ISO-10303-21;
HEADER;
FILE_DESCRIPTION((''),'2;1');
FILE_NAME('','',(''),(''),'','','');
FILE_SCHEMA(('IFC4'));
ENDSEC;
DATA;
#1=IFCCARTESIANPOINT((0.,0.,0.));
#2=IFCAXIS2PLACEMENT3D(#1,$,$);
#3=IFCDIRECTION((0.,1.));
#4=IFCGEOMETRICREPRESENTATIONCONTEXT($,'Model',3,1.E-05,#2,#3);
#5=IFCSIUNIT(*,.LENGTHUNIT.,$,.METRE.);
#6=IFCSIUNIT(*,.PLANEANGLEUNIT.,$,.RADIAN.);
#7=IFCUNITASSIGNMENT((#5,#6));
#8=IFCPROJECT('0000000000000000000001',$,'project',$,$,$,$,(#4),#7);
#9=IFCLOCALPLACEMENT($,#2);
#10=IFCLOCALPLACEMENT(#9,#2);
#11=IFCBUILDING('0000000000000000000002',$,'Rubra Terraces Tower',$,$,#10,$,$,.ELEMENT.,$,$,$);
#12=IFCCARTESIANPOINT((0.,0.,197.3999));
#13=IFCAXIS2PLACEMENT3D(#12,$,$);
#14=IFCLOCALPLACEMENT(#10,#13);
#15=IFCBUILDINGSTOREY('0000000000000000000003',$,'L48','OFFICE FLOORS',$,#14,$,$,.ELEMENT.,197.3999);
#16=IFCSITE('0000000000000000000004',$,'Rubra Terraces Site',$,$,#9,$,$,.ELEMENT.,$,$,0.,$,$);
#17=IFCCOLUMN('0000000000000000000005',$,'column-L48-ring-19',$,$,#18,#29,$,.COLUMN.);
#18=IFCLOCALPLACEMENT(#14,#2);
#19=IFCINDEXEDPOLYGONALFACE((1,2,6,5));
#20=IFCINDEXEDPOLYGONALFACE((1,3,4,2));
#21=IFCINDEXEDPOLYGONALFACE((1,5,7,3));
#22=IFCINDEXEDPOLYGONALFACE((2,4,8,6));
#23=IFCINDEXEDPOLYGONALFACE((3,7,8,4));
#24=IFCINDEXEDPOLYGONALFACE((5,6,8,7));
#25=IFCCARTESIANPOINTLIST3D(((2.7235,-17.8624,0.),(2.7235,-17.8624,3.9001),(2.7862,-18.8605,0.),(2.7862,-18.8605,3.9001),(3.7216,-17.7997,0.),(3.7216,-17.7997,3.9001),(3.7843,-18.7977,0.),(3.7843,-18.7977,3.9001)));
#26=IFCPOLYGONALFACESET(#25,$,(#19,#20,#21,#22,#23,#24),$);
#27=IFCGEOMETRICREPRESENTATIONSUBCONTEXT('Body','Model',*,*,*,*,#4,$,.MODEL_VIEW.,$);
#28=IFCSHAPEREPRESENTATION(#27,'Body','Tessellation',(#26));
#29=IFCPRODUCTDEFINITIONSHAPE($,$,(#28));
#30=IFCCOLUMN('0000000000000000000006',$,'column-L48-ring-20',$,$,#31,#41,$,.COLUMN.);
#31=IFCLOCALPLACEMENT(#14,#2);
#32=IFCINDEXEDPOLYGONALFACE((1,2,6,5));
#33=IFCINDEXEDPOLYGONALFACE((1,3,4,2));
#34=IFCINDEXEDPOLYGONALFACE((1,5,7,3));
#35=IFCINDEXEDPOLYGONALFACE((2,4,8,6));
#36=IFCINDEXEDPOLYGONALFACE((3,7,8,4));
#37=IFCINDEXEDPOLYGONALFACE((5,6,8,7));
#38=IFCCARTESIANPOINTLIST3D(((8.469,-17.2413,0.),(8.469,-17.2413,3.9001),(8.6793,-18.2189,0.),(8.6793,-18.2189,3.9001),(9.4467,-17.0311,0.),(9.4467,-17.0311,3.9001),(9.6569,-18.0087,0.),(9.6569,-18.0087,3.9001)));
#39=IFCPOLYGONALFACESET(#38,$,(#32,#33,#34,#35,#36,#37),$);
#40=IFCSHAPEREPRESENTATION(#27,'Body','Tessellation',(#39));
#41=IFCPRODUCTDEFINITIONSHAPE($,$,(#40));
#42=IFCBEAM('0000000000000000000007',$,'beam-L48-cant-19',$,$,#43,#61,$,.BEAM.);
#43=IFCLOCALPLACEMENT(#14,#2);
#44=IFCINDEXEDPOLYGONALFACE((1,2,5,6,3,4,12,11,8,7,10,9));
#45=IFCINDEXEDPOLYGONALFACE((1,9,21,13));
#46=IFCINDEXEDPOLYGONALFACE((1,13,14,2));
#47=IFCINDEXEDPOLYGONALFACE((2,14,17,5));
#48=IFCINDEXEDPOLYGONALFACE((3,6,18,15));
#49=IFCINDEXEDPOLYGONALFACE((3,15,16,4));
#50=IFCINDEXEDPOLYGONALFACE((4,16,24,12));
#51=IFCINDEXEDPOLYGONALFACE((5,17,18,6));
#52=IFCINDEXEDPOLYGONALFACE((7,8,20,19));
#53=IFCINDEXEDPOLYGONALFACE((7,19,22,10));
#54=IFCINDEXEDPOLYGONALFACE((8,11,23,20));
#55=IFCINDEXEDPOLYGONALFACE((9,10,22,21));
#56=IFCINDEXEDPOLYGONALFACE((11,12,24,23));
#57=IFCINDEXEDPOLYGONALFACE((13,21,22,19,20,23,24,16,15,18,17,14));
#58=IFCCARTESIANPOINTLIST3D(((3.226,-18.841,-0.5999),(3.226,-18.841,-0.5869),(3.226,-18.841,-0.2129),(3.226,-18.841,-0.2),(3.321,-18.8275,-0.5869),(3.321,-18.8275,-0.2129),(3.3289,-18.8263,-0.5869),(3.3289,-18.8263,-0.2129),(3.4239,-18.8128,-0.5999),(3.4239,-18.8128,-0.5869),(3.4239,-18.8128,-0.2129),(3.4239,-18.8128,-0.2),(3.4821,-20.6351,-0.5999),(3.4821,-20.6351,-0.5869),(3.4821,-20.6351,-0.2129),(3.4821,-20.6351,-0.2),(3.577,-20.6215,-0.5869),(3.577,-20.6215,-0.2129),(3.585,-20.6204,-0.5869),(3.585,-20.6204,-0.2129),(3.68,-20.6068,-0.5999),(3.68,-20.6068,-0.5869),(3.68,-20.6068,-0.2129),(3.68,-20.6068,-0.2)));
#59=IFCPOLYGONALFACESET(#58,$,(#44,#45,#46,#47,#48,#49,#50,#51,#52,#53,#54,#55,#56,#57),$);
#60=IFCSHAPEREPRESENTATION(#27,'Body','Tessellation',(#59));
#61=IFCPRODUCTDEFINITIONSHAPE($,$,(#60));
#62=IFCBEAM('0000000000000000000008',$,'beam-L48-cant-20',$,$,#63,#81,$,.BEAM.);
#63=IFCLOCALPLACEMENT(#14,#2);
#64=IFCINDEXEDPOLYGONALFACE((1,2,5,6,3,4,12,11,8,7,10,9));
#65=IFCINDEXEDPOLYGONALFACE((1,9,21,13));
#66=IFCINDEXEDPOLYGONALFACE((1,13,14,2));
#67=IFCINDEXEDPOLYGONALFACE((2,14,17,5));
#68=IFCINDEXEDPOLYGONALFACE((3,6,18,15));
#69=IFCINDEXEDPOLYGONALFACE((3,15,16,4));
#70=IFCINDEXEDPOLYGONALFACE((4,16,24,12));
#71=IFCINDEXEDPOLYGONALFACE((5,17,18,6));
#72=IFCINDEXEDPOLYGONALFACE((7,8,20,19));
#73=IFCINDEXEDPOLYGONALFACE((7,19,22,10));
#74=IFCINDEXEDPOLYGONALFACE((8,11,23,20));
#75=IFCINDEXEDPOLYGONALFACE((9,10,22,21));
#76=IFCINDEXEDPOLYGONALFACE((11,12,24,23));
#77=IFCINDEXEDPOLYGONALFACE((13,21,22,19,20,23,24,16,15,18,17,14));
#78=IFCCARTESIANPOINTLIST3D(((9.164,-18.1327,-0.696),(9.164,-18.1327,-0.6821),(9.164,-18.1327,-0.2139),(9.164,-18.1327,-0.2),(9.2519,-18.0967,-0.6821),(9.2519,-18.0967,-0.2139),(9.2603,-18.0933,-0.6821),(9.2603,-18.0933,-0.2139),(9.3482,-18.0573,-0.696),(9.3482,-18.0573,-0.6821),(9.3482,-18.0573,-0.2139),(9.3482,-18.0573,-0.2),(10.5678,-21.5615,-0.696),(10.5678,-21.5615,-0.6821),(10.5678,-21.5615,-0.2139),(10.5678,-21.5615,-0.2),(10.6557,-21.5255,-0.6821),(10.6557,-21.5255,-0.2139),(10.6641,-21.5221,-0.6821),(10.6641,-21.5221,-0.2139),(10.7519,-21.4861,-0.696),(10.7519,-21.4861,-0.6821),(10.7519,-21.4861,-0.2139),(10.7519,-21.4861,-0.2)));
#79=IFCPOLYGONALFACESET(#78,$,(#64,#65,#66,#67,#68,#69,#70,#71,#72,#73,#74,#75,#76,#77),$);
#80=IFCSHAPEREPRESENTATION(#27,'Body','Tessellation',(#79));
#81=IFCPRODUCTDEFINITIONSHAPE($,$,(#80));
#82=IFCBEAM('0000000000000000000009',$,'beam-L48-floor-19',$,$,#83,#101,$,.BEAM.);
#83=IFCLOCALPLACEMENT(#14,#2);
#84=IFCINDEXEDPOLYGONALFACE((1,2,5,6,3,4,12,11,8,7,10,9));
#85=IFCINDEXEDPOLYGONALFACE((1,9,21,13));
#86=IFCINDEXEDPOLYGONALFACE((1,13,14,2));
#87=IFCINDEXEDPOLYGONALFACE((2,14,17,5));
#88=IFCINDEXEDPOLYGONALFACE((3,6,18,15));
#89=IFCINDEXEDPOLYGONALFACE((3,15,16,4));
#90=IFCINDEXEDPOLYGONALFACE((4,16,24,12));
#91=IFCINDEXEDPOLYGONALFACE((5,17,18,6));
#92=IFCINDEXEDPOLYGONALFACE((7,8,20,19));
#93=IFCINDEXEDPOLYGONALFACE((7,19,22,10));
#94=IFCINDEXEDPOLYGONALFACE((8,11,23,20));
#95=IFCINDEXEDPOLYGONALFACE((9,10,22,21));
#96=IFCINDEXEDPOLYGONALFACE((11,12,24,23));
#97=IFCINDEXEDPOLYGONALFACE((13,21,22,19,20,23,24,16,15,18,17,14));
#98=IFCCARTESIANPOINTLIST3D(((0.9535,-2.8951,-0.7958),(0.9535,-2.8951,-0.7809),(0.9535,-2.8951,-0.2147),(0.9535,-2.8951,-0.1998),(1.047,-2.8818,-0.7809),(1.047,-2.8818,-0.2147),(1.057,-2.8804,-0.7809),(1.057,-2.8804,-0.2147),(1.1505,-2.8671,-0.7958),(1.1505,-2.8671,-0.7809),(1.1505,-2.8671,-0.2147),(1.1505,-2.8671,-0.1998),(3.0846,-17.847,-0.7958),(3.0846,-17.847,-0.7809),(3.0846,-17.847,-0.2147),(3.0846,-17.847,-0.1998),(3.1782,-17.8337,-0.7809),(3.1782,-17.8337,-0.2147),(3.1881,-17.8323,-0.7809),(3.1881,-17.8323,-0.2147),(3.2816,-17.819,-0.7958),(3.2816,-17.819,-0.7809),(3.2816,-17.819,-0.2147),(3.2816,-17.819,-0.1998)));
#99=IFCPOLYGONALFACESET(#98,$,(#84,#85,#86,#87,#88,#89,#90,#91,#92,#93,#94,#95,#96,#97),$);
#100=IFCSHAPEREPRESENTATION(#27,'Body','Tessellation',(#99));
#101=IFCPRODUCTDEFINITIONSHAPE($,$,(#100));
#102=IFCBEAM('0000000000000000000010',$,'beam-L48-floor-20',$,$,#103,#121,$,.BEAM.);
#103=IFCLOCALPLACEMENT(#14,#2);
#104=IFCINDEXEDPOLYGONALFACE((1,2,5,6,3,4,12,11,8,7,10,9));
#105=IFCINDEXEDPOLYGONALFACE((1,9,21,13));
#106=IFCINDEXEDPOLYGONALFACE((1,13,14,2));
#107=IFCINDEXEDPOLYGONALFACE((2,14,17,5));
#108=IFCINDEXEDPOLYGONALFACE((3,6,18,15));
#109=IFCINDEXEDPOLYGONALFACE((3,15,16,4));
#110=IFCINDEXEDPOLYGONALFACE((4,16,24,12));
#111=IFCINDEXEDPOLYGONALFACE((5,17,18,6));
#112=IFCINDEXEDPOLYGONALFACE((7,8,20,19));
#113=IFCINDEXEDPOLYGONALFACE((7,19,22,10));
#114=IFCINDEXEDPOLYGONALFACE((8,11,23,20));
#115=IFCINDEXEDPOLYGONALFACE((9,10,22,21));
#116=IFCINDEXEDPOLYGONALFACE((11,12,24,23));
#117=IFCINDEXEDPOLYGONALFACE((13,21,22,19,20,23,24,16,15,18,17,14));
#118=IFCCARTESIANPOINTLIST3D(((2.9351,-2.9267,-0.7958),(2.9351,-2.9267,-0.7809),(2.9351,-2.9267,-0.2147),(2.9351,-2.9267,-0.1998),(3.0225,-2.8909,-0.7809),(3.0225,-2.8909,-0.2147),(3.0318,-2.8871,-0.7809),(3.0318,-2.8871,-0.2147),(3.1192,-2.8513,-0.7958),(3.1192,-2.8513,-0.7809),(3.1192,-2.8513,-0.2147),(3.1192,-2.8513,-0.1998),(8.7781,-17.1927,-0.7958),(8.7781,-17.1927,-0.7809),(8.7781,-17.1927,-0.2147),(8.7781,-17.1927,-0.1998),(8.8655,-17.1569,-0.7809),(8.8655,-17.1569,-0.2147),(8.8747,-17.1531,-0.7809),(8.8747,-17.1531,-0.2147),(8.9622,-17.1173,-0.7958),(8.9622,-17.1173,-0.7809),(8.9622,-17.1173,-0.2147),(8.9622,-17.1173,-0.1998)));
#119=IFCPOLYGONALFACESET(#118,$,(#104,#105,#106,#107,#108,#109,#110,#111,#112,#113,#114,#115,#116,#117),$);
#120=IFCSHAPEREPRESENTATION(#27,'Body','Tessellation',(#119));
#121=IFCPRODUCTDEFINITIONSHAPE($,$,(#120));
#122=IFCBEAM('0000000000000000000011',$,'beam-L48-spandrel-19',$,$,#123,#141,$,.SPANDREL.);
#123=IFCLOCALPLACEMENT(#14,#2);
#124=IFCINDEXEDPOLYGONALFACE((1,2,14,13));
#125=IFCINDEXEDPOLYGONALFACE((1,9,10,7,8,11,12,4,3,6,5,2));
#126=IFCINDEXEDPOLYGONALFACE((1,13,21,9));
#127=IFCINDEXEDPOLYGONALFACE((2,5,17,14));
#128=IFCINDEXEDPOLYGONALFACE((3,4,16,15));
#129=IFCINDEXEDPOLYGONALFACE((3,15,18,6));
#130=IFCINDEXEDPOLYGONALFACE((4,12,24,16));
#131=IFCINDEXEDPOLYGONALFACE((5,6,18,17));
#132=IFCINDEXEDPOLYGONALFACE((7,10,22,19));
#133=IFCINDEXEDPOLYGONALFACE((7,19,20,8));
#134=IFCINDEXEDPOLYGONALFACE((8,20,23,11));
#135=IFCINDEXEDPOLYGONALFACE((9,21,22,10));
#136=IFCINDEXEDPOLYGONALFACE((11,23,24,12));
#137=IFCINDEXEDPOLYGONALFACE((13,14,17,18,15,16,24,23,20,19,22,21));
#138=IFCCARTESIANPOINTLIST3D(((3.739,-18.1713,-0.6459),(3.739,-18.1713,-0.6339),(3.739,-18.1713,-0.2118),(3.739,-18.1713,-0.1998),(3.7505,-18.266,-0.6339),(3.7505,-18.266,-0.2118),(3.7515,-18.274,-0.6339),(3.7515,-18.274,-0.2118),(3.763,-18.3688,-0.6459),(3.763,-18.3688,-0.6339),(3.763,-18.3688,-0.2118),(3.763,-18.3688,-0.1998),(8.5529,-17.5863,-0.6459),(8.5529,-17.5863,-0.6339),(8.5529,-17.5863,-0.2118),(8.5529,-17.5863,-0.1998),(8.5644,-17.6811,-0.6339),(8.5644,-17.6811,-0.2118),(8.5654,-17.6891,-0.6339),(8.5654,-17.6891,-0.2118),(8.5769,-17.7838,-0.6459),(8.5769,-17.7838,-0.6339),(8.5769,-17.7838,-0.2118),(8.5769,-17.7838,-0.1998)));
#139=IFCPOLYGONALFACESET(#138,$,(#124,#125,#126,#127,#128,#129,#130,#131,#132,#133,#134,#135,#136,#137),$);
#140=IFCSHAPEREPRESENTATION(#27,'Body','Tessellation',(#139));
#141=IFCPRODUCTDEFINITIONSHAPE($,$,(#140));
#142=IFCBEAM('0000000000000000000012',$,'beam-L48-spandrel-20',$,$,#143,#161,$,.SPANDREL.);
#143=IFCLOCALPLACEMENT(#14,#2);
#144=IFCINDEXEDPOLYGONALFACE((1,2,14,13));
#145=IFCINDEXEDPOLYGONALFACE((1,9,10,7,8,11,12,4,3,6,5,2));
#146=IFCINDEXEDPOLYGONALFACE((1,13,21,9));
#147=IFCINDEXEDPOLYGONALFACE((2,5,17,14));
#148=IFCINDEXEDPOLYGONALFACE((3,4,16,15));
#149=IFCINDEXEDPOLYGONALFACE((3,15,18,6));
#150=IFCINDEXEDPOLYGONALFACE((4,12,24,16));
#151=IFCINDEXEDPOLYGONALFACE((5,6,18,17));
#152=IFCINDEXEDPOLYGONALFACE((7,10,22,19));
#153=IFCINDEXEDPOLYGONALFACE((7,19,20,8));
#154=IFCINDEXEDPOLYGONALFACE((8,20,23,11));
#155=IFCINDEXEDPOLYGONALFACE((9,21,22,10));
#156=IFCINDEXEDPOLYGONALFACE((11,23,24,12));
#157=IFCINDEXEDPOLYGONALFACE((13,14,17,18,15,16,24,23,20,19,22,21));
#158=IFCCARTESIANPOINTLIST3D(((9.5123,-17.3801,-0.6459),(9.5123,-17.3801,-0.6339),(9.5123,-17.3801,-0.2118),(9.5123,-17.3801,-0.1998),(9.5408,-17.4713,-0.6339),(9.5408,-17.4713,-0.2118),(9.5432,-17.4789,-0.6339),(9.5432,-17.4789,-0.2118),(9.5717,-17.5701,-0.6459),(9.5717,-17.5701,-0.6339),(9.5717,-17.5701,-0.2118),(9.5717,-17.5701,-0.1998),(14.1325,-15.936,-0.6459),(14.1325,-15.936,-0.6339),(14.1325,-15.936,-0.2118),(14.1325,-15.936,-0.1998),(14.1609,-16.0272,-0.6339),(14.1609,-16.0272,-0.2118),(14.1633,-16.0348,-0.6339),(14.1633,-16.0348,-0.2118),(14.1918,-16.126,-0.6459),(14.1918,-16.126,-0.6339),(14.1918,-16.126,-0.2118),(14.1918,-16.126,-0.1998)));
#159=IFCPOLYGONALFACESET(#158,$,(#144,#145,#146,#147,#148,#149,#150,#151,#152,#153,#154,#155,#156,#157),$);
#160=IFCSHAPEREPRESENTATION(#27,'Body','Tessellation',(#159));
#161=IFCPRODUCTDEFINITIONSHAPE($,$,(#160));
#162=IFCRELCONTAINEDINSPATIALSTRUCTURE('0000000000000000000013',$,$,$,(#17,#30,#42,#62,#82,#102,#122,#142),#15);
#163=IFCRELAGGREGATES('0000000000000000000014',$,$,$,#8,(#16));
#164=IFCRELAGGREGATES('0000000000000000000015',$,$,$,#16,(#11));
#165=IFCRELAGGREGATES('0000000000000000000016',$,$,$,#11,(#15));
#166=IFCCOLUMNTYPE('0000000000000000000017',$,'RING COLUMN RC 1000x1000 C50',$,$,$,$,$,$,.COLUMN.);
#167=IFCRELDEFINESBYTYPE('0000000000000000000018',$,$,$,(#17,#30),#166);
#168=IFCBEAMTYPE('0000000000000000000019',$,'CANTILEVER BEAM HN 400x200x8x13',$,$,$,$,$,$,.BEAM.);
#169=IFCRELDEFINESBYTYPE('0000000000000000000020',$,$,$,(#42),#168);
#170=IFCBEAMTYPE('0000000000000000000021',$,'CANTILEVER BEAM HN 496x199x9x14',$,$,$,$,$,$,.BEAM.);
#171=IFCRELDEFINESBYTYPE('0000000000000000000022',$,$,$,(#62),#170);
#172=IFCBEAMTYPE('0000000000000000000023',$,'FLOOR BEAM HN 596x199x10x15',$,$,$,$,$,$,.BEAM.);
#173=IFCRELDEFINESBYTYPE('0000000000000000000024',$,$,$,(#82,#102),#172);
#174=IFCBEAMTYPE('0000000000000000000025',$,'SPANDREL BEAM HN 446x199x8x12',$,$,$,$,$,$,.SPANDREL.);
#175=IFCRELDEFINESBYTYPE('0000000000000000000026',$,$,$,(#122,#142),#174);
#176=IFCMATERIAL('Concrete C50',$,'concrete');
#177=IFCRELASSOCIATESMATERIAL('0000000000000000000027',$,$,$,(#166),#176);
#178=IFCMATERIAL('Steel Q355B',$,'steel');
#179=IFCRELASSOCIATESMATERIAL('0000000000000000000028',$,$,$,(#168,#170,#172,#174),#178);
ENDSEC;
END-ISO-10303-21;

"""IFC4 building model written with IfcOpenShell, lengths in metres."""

from ifc_helpers import new_model, si_unit, direction, frame, origin, origin_2d, place, context, subcontext, project, spatial, rectangle, i_section, extrude, material, material_profile, profile_set, type_object, element, save


model = new_model("IFC4")

# Units and contexts
model_context = context("Model", 3, precision=1e-05, world=origin(), true_north=direction((0.0, 1.0)))
body_context = subcontext(model_context, "Body", "Model", "MODEL_VIEW")
ifc_project = project(units=[si_unit("LENGTHUNIT", "METRE"), si_unit("PLANEANGLEUNIT", "RADIAN")], contexts=[model_context])

# Site, building, storey
site_placement = place(None, origin())
site = spatial("IfcSite", under=ifc_project, at=site_placement, Name="Rubra Terraces Site", CompositionType="ELEMENT", RefElevation=0.0)
building_placement = place(site_placement, origin())
building = spatial("IfcBuilding", under=site, at=building_placement, Name="Rubra Terraces Tower", CompositionType="ELEMENT")
storey_placement = place(building_placement, frame((0.0, 0.0, 197.3999)))
storey = spatial("IfcBuildingStorey", under=building, at=storey_placement, Name="L48", Description="OFFICE FLOORS", CompositionType="ELEMENT", Elevation=197.3999)

# Columns
ifc_material_1 = material(Name="Concrete C50", Category="concrete")
ifc_material_profile_1 = material_profile(ifc_material_1, rectangle(XDim=1.0, YDim=1.0, at=origin_2d()), Name="RC 1000x1000")
ifc_profile_set_1 = profile_set([ifc_material_profile_1], Name="Concrete C50")
column_type = type_object("IfcColumnType", Name="RING COLUMN RC 1000x1000 C50", PredefinedType="COLUMN", material=ifc_profile_set_1)
for number, where, z_axis, x_axis, name in (
    (1, (3.2539, -18.3301, 0.0), (0.0, 0.0, 1.0), (0.998032, 0.062714, 0.0), "column-L48-ring-19"),
    (2, (9.063, -17.625, 0.0), (0.0, 0.0, 1.0), (0.977653, 0.210227, 0.0), "column-L48-ring-20"),
):
    element("IfcColumn", number, at=place(storey_placement, frame(where, z_axis=z_axis, x_axis=x_axis)), inside=storey, type_object=column_type, Name=name, PredefinedType="COLUMN", context=body_context, shape_type="SweptSolid", body=[
        extrude(rectangle(XDim=1.0, YDim=1.0, at=origin_2d()), origin(), (0.0, 0.0, 1.0), 3.9001),
    ])

# Beams
ifc_material_2 = material(Name="Steel Q355B", Category="steel")
ifc_material_profile_2 = material_profile(ifc_material_2, i_section(OverallWidth=0.2, OverallDepth=0.3999, WebThickness=0.0081, FlangeThickness=0.0129, at=origin_2d()), Name="HN 400x200x8x13")
ifc_profile_set_2 = profile_set([ifc_material_profile_2], Name="Steel Q355B")
beam_type_1 = type_object("IfcBeamType", Name="CANTILEVER BEAM HN 400x200x8x13", PredefinedType="BEAM", material=ifc_profile_set_2)
beam_1_placement = place(storey_placement, frame((3.325, -18.8269, -0.3999), z_axis=(0.141308, -0.989966, 0.0), x_axis=(0.989966, 0.141308, 0.0)))
element("IfcBeam", 3, at=beam_1_placement, inside=storey, type_object=beam_type_1, Name="beam-L48-cant-19", PredefinedType="BEAM", context=body_context, shape_type="SweptSolid", body=[
    extrude(i_section(OverallWidth=0.2, OverallDepth=0.3999, WebThickness=0.0081, FlangeThickness=0.0129, at=origin_2d()), origin(), (0.0, 0.0, 1.0), 1.8123),
])
ifc_material_profile_3 = material_profile(ifc_material_2, i_section(OverallWidth=0.199, OverallDepth=0.4961, WebThickness=0.009, FlangeThickness=0.0139, at=origin_2d()), Name="HN 496x199x9x14")
ifc_profile_set_3 = profile_set([ifc_material_profile_3], Name="Steel Q355B")
beam_type_2 = type_object("IfcBeamType", Name="CANTILEVER BEAM HN 496x199x9x14", PredefinedType="BEAM", material=ifc_profile_set_3)
beam_2_placement = place(storey_placement, frame((9.2561, -18.095, -0.448), z_axis=(0.378877, -0.925447, 0.0), x_axis=(0.925447, 0.378877, 0.0)))
element("IfcBeam", 4, at=beam_2_placement, inside=storey, type_object=beam_type_2, Name="beam-L48-cant-20", PredefinedType="BEAM", context=body_context, shape_type="SweptSolid", body=[
    extrude(i_section(OverallWidth=0.199, OverallDepth=0.4961, WebThickness=0.009, FlangeThickness=0.0139, at=origin_2d()), origin(), (0.0, 0.0, 1.0), 3.7051),
])
ifc_material_profile_4 = material_profile(ifc_material_2, i_section(OverallWidth=0.199, OverallDepth=0.5959, WebThickness=0.01, FlangeThickness=0.0149, at=origin_2d()), Name="HN 596x199x10x15")
ifc_profile_set_4 = profile_set([ifc_material_profile_4], Name="Steel Q355B")
beam_type_3 = type_object("IfcBeamType", Name="FLOOR BEAM HN 596x199x10x15", PredefinedType="BEAM", material=ifc_profile_set_4)
beam_3_placement = place(storey_placement, frame((3.1831, -17.833, -0.4978), z_axis=(-0.141105, 0.989995, 0.0), x_axis=(-0.989995, -0.141105, 0.0)))
element("IfcBeam", 5, at=beam_3_placement, inside=storey, type_object=beam_type_3, Name="beam-L48-floor-19", PredefinedType="BEAM", context=body_context, shape_type="SweptSolid", body=[
    extrude(i_section(OverallWidth=0.199, OverallDepth=0.5959, WebThickness=0.01, FlangeThickness=0.0149, at=origin_2d()), origin(), (0.0, 0.0, 1.0), 15.103),
])
beam_4_placement = place(storey_placement, frame((8.8701, -17.155, -0.4978), z_axis=(-0.379015, 0.92539, 0.0), x_axis=(-0.92539, -0.379015, 0.0)))
element("IfcBeam", 6, at=beam_4_placement, inside=storey, type_object=beam_type_3, Name="beam-L48-floor-20", PredefinedType="BEAM", context=body_context, shape_type="SweptSolid", body=[
    extrude(i_section(OverallWidth=0.199, OverallDepth=0.5959, WebThickness=0.01, FlangeThickness=0.0149, at=origin_2d()), origin(), (0.0, 0.0, 1.0), 15.4163),
])
ifc_material_profile_5 = material_profile(ifc_material_2, i_section(OverallWidth=0.199, OverallDepth=0.446, WebThickness=0.0081, FlangeThickness=0.012, at=origin_2d()), Name="HN 446x199x8x12")
ifc_profile_set_5 = profile_set([ifc_material_profile_5], Name="Steel Q355B")
beam_type_4 = type_object("IfcBeamType", Name="SPANDREL BEAM HN 446x199x8x12", PredefinedType="SPANDREL", material=ifc_profile_set_5)
beam_5_placement = place(storey_placement, frame((3.751, -18.27, -0.4229), z_axis=(0.992698, 0.120626, 0.0), x_axis=(-0.120626, 0.992698, 0.0)))
element("IfcBeam", 7, at=beam_5_placement, inside=storey, type_object=beam_type_4, Name="beam-L48-spandrel-19", PredefinedType="SPANDREL", context=body_context, shape_type="SweptSolid", body=[
    extrude(i_section(OverallWidth=0.199, OverallDepth=0.446, WebThickness=0.0081, FlangeThickness=0.012, at=origin_2d()), origin(), (0.0, 0.0, 1.0), 4.8494),
])
beam_6_placement = place(storey_placement, frame((9.542, -17.4751, -0.4229), z_axis=(0.954462, 0.298332, 0.0), x_axis=(-0.298332, 0.954462, 0.0)))
element("IfcBeam", 8, at=beam_6_placement, inside=storey, type_object=beam_type_4, Name="beam-L48-spandrel-20", PredefinedType="SPANDREL", context=body_context, shape_type="SweptSolid", body=[
    extrude(i_section(OverallWidth=0.199, OverallDepth=0.446, WebThickness=0.0081, FlangeThickness=0.012, at=origin_2d()), origin(), (0.0, 0.0, 1.0), 4.8406),
])

save(model, "model.ifc")
